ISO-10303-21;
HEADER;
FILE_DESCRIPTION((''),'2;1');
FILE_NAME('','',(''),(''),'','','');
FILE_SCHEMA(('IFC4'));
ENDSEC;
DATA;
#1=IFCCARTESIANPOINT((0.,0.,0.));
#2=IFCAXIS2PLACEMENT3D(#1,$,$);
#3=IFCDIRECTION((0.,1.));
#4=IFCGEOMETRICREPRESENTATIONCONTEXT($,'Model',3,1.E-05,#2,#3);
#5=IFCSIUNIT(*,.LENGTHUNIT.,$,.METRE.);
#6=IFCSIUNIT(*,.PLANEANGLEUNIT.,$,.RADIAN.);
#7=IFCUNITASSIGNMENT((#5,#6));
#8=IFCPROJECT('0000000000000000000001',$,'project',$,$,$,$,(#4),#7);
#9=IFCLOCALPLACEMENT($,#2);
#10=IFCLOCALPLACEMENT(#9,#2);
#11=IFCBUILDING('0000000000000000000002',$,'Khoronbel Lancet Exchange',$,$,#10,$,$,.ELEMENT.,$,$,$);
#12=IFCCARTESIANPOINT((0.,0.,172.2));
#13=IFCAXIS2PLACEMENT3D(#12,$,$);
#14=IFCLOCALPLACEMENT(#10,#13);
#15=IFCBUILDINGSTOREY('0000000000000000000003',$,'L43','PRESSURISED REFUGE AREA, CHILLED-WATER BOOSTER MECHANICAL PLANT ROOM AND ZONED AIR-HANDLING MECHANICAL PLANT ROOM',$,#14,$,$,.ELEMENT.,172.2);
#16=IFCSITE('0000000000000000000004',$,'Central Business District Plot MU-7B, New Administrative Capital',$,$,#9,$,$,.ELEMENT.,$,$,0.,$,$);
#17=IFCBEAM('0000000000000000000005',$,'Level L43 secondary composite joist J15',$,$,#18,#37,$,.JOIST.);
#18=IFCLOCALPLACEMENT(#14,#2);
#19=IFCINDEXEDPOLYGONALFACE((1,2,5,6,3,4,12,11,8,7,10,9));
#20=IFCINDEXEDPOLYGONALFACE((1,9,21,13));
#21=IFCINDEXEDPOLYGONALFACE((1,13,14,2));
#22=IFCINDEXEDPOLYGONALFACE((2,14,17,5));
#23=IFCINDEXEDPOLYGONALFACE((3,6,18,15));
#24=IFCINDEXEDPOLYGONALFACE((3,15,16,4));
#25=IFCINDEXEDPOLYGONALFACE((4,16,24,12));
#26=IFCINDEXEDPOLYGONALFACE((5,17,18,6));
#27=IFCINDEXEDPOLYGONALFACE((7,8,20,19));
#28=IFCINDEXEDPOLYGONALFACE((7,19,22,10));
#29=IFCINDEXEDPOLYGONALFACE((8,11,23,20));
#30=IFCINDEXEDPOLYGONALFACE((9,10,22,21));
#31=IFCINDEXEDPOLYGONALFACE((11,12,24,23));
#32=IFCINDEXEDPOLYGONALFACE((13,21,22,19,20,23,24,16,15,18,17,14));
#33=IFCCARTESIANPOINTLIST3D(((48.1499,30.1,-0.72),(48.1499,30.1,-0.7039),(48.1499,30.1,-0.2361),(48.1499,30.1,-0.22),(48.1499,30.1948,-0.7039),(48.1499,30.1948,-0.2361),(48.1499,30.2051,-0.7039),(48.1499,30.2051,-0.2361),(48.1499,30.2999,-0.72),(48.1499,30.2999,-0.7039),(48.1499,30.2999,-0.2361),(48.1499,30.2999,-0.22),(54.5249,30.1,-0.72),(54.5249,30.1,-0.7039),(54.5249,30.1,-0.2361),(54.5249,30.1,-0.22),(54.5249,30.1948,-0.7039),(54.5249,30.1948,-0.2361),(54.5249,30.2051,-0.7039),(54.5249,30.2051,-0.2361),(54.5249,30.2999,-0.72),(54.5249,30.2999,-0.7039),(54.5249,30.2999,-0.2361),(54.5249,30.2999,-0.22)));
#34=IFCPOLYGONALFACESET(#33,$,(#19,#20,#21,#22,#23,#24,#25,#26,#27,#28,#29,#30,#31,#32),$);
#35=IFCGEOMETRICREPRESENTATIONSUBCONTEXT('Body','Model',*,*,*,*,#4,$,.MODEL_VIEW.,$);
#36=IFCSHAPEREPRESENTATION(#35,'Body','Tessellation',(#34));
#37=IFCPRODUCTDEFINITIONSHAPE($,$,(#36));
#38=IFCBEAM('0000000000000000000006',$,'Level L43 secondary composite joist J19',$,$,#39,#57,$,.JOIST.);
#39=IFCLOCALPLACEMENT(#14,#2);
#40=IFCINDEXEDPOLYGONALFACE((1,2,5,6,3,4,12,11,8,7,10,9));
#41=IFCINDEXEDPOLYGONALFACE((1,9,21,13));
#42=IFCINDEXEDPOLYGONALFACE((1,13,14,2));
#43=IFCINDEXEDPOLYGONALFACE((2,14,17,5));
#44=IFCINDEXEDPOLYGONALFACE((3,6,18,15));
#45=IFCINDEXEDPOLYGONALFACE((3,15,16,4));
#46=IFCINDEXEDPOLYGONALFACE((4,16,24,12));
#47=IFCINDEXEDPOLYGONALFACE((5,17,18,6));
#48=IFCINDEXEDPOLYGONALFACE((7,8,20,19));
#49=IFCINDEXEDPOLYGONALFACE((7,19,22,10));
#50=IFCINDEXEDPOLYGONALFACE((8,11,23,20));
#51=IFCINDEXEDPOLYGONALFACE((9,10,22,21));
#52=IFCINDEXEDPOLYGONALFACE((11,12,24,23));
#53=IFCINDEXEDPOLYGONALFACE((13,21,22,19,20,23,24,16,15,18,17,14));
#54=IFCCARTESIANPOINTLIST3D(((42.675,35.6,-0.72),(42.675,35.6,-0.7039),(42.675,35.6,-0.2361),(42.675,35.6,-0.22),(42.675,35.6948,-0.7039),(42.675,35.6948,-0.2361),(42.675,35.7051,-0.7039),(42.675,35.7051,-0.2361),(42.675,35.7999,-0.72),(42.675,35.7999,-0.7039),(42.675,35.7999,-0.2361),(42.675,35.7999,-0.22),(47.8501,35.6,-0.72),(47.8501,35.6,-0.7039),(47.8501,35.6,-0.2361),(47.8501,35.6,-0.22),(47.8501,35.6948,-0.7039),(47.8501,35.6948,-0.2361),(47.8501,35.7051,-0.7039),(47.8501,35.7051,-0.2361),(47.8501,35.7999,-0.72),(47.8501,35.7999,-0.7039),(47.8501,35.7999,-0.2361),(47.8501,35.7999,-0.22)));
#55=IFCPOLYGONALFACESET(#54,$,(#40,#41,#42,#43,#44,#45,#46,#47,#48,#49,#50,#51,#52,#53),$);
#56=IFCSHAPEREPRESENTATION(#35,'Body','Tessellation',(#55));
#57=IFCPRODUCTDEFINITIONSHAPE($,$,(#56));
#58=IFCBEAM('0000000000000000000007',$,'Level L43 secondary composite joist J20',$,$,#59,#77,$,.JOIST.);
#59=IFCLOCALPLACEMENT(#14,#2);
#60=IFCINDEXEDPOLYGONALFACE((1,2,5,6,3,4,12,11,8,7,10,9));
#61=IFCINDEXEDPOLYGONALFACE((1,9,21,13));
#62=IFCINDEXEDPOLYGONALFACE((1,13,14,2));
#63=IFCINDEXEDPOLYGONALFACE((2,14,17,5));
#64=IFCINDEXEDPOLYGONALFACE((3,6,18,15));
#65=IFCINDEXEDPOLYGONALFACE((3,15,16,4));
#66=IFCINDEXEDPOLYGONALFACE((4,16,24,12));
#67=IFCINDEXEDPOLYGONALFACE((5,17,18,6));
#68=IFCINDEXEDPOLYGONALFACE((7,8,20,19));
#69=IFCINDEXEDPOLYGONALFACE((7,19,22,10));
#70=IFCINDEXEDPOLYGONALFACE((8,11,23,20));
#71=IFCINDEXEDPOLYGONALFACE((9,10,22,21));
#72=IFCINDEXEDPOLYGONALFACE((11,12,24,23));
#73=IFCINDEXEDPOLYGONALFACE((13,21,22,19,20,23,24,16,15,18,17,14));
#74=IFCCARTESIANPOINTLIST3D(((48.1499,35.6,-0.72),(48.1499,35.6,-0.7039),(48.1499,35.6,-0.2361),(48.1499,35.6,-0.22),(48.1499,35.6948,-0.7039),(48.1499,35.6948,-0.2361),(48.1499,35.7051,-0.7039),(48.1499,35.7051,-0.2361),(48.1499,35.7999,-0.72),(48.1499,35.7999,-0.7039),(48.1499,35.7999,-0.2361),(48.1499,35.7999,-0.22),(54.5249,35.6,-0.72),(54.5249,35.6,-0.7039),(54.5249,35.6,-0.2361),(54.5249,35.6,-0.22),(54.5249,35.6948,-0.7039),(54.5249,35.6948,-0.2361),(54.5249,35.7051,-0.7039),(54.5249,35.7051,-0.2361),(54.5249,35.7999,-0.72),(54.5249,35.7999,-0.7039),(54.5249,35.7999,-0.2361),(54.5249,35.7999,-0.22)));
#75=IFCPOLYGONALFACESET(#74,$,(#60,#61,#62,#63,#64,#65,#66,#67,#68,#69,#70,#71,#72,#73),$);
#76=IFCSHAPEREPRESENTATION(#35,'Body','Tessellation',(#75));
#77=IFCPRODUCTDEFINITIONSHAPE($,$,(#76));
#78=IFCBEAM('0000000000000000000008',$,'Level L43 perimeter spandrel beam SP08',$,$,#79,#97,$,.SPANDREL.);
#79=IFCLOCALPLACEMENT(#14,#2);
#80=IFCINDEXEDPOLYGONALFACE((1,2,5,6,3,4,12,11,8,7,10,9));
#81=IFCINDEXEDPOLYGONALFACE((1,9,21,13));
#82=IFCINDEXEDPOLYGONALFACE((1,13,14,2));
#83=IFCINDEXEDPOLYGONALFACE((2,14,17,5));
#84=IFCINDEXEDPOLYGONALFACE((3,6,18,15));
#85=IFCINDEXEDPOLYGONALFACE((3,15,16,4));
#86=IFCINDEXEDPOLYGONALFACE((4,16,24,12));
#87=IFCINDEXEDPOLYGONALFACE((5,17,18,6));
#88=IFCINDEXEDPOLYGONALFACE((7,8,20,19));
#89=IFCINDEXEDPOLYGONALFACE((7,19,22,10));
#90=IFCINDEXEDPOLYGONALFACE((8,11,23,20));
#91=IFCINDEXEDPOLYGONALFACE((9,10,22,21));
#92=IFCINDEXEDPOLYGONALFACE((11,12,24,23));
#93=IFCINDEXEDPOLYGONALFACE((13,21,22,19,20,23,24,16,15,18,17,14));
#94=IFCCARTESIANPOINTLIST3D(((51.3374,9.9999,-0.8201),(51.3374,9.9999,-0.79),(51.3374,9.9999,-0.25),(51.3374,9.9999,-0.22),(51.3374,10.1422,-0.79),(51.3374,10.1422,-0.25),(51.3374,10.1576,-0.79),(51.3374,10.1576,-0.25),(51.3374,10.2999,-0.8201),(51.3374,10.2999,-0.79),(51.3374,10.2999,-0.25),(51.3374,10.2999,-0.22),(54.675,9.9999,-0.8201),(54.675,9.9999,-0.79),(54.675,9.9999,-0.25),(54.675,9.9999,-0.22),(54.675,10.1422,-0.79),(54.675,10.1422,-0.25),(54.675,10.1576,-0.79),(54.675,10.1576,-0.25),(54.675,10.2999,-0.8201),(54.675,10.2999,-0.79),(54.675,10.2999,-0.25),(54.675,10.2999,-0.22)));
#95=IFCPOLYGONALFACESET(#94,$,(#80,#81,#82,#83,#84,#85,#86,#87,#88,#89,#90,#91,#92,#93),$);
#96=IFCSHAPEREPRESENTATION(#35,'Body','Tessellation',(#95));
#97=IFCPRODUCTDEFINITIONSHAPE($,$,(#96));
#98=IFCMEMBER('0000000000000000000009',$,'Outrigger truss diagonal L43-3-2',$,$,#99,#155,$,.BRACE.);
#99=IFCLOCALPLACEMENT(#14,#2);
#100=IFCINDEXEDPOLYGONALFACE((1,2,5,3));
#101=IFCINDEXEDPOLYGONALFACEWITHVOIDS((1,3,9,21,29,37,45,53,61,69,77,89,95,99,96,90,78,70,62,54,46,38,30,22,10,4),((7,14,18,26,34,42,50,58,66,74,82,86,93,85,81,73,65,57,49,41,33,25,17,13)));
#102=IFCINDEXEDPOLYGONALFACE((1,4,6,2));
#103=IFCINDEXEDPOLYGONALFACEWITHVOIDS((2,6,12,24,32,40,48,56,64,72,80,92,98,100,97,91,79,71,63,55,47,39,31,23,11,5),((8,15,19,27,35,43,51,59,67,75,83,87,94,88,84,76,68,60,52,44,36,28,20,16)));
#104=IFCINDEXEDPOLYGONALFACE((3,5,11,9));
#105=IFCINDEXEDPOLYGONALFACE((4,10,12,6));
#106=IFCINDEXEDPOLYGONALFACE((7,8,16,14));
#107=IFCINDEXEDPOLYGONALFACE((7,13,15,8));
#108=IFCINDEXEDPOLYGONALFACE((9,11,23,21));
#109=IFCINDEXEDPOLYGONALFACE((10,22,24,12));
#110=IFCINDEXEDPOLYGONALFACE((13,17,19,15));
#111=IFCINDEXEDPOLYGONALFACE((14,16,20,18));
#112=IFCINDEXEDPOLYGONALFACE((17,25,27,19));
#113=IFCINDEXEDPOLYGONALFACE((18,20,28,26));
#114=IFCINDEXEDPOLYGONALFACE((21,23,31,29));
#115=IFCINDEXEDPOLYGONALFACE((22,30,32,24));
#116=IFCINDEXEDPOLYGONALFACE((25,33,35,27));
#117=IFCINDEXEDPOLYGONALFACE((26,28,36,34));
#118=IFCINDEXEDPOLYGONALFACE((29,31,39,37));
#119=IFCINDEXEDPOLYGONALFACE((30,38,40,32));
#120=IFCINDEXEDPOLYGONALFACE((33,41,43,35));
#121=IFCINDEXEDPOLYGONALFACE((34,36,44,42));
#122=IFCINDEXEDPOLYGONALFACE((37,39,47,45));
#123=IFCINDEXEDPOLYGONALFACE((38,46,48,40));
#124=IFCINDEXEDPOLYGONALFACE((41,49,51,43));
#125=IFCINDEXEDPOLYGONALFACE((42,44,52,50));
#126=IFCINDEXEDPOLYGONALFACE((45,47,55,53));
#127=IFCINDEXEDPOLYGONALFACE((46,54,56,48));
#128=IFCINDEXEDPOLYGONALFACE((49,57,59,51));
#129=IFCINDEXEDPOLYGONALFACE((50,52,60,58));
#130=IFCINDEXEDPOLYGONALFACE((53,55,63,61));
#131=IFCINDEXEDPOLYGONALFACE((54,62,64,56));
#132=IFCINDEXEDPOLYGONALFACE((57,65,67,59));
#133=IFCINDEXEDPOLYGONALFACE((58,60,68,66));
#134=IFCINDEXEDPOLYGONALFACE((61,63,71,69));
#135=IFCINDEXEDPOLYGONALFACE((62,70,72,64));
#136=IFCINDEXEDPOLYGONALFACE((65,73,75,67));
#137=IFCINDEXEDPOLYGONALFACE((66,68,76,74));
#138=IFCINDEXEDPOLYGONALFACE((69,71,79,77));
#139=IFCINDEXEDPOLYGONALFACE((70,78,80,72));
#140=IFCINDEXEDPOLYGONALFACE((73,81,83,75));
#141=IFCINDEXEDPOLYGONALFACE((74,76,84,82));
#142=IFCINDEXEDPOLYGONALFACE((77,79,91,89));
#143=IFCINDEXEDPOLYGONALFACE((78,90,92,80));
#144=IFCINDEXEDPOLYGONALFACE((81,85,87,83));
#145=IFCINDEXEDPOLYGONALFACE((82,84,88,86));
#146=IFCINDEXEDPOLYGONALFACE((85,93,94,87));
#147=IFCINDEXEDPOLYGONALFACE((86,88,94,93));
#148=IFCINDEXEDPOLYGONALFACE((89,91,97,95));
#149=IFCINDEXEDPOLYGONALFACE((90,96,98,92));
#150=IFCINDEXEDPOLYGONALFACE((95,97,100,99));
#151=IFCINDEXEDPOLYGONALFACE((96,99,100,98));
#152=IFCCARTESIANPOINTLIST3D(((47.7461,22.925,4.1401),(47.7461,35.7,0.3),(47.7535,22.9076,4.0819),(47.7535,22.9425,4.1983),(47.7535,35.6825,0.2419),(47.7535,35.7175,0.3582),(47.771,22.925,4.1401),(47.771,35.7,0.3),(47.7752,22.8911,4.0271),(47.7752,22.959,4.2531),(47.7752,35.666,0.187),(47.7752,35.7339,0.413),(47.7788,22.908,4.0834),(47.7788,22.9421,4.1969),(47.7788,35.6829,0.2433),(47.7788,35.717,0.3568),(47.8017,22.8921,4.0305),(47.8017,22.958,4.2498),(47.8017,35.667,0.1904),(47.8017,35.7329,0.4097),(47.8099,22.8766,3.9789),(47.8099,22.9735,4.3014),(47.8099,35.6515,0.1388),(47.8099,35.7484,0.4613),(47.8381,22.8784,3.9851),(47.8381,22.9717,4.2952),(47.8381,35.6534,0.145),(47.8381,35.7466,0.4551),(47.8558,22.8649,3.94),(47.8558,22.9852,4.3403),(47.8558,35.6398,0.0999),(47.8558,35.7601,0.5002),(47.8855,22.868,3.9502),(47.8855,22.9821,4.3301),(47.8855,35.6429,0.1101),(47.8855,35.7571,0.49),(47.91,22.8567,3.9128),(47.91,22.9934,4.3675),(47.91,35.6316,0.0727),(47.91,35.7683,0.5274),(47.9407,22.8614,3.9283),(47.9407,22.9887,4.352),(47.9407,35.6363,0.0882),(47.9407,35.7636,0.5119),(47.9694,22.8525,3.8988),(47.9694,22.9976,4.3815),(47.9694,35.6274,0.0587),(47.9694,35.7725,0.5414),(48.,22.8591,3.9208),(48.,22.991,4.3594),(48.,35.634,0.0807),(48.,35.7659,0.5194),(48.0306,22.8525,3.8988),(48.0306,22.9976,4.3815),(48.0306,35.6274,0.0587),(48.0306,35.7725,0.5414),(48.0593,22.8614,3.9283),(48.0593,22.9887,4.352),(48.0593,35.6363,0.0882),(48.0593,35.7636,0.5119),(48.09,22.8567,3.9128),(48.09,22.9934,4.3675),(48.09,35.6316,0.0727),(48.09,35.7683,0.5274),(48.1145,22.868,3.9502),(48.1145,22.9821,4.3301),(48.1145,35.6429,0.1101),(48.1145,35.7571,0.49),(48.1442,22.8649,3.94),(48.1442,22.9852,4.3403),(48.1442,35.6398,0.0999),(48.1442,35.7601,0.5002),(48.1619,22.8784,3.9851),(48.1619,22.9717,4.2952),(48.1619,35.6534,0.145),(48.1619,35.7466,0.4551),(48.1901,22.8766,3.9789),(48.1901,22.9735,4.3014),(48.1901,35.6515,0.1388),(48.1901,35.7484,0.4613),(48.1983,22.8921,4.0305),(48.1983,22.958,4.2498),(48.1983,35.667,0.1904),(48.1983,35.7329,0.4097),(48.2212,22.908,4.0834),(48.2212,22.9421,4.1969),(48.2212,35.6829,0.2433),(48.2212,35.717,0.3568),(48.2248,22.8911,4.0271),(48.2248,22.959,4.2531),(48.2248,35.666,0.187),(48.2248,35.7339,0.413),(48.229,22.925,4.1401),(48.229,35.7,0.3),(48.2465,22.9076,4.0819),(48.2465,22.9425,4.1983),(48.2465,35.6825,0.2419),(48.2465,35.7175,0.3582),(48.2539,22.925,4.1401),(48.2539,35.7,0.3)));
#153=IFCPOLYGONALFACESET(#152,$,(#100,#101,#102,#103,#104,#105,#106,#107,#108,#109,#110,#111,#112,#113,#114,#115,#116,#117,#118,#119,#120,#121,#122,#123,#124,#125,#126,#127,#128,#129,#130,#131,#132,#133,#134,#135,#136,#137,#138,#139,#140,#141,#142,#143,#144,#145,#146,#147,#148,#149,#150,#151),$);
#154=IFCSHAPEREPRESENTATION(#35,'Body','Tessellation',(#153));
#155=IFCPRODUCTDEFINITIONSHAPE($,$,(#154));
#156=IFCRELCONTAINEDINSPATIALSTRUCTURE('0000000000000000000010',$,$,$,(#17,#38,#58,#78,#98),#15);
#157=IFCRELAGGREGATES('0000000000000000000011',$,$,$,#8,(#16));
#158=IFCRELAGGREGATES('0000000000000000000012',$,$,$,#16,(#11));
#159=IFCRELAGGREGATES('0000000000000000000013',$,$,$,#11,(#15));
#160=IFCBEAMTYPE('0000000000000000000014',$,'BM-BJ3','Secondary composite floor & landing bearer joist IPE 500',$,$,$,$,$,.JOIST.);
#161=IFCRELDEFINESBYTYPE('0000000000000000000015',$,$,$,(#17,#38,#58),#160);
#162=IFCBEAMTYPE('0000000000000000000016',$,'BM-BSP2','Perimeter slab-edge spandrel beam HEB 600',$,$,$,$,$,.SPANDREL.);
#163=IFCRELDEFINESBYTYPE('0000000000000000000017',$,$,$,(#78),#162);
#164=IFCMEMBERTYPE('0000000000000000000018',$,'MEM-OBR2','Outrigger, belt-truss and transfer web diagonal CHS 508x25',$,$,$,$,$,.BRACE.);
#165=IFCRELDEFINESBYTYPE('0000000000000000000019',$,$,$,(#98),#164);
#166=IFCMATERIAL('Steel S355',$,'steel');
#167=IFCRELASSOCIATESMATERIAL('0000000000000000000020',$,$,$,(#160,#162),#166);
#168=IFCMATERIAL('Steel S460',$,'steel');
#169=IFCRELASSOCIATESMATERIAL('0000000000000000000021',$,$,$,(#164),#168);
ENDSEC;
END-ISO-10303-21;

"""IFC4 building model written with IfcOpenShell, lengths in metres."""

from ifc_helpers import new_model, si_unit, direction, frame, origin, origin_2d, place, context, subcontext, project, spatial, hollow_circle, i_section, extrude, material, material_profile, profile_set, type_object, element, save


model = new_model("IFC4")

# Units and contexts
model_context = context("Model", 3, precision=1e-05, world=origin(), true_north=direction((0.0, 1.0)))
body_context = subcontext(model_context, "Body", "Model", "MODEL_VIEW")
ifc_project = project(units=[si_unit("LENGTHUNIT", "METRE"), si_unit("PLANEANGLEUNIT", "RADIAN")], contexts=[model_context])

# Site, building, storey
site_placement = place(None, origin())
site = spatial("IfcSite", under=ifc_project, at=site_placement, Name="Central Business District Plot MU-7B, New Administrative Capital", CompositionType="ELEMENT", RefElevation=0.0)
building_placement = place(site_placement, origin())
building = spatial("IfcBuilding", under=site, at=building_placement, Name="Khoronbel Lancet Exchange", CompositionType="ELEMENT")
storey_placement = place(building_placement, frame((0.0, 0.0, 172.2)))
storey = spatial("IfcBuildingStorey", under=building, at=storey_placement, Name="L43", Description="PRESSURISED REFUGE AREA, CHILLED-WATER BOOSTER MECHANICAL PLANT ROOM AND ZONED AIR-HANDLING MECHANICAL PLANT ROOM", CompositionType="ELEMENT", Elevation=172.2)

# Shared definitions
ifc_material_1 = material(Name="Steel S460", Category="steel")

# Beams
ifc_material_2 = material(Name="Steel S355", Category="steel")
ifc_material_profile_1 = material_profile(ifc_material_2, i_section(OverallWidth=0.2, OverallDepth=0.5, WebThickness=0.0103, FlangeThickness=0.0161, at=origin_2d()), Name="IPE 500")
ifc_profile_set_1 = profile_set([ifc_material_profile_1], Name="Steel S355")
beam_type_1 = type_object("IfcBeamType", Name="BM-BJ3", Description="Secondary composite floor & landing bearer joist IPE 500", PredefinedType="JOIST", material=ifc_profile_set_1)
beam_1_placement = place(storey_placement, frame((48.1499, 30.2, -0.47), z_axis=(1.0, 0.0, 0.0), x_axis=(0.0, 1.0, 0.0)))
element("IfcBeam", 1, at=beam_1_placement, inside=storey, type_object=beam_type_1, Name="Level L43 secondary composite joist J15", PredefinedType="JOIST", context=body_context, shape_type="SweptSolid", body=[
    extrude(i_section(OverallWidth=0.2, OverallDepth=0.5, WebThickness=0.0103, FlangeThickness=0.0161, at=origin_2d()), origin(), (0.0, 0.0, 1.0), 6.375),
])
beam_2_placement = place(storey_placement, frame((42.675, 35.7, -0.47), z_axis=(1.0, 0.0, 0.0), x_axis=(0.0, 1.0, 0.0)))
element("IfcBeam", 2, at=beam_2_placement, inside=storey, type_object=beam_type_1, Name="Level L43 secondary composite joist J19", PredefinedType="JOIST", context=body_context, shape_type="SweptSolid", body=[
    extrude(i_section(OverallWidth=0.2, OverallDepth=0.5, WebThickness=0.0103, FlangeThickness=0.0161, at=origin_2d()), origin(), (0.0, 0.0, 1.0), 5.175),
])
beam_3_placement = place(storey_placement, frame((48.1499, 35.7, -0.47), z_axis=(1.0, 0.0, 0.0), x_axis=(0.0, 1.0, 0.0)))
element("IfcBeam", 3, at=beam_3_placement, inside=storey, type_object=beam_type_1, Name="Level L43 secondary composite joist J20", PredefinedType="JOIST", context=body_context, shape_type="SweptSolid", body=[
    extrude(i_section(OverallWidth=0.2, OverallDepth=0.5, WebThickness=0.0103, FlangeThickness=0.0161, at=origin_2d()), origin(), (0.0, 0.0, 1.0), 6.375),
])
ifc_material_profile_2 = material_profile(ifc_material_2, i_section(OverallWidth=0.3, OverallDepth=0.6001, WebThickness=0.0154, FlangeThickness=0.03, at=origin_2d()), Name="HEB 600")
ifc_profile_set_2 = profile_set([ifc_material_profile_2], Name="Steel S355")
beam_type_2 = type_object("IfcBeamType", Name="BM-BSP2", Description="Perimeter slab-edge spandrel beam HEB 600", PredefinedType="SPANDREL", material=ifc_profile_set_2)
beam_4_placement = place(storey_placement, frame((51.3374, 10.1499, -0.52), z_axis=(1.0, 0.0, 0.0), x_axis=(0.0, 1.0, 0.0)))
element("IfcBeam", 4, at=beam_4_placement, inside=storey, type_object=beam_type_2, Name="Level L43 perimeter spandrel beam SP08", PredefinedType="SPANDREL", context=body_context, shape_type="SweptSolid", body=[
    extrude(i_section(OverallWidth=0.3, OverallDepth=0.6001, WebThickness=0.0154, FlangeThickness=0.03, at=origin_2d()), origin(), (0.0, 0.0, 1.0), 3.3376),
])

# Member
ifc_material_profile_3 = material_profile(ifc_material_1, hollow_circle(Radius=0.2539, WallThickness=0.0249, at=origin_2d()), Name="CHS 508x25")
ifc_profile_set_3 = profile_set([ifc_material_profile_3], Name="Steel S460")
member_type_1 = type_object("IfcMemberType", Name="MEM-OBR2", Description="Outrigger, belt-truss and transfer web diagonal CHS 508x25", PredefinedType="BRACE", material=ifc_profile_set_3)
member_1_placement = place(storey_placement, frame((48.0, 22.925, 4.1401), z_axis=(0.0, 0.957669, -0.287872), x_axis=(-1.0, 0.0, 0.0)))
element("IfcMember", 5, at=member_1_placement, inside=storey, type_object=member_type_1, Name="Outrigger truss diagonal L43-3-2", PredefinedType="BRACE", context=body_context, shape_type="SweptSolid", body=[
    extrude(hollow_circle(Radius=0.2539, WallThickness=0.0249, at=origin_2d()), origin(), (0.0, 0.0, 1.0), 13.3396),
])

save(model, "model.ifc")
